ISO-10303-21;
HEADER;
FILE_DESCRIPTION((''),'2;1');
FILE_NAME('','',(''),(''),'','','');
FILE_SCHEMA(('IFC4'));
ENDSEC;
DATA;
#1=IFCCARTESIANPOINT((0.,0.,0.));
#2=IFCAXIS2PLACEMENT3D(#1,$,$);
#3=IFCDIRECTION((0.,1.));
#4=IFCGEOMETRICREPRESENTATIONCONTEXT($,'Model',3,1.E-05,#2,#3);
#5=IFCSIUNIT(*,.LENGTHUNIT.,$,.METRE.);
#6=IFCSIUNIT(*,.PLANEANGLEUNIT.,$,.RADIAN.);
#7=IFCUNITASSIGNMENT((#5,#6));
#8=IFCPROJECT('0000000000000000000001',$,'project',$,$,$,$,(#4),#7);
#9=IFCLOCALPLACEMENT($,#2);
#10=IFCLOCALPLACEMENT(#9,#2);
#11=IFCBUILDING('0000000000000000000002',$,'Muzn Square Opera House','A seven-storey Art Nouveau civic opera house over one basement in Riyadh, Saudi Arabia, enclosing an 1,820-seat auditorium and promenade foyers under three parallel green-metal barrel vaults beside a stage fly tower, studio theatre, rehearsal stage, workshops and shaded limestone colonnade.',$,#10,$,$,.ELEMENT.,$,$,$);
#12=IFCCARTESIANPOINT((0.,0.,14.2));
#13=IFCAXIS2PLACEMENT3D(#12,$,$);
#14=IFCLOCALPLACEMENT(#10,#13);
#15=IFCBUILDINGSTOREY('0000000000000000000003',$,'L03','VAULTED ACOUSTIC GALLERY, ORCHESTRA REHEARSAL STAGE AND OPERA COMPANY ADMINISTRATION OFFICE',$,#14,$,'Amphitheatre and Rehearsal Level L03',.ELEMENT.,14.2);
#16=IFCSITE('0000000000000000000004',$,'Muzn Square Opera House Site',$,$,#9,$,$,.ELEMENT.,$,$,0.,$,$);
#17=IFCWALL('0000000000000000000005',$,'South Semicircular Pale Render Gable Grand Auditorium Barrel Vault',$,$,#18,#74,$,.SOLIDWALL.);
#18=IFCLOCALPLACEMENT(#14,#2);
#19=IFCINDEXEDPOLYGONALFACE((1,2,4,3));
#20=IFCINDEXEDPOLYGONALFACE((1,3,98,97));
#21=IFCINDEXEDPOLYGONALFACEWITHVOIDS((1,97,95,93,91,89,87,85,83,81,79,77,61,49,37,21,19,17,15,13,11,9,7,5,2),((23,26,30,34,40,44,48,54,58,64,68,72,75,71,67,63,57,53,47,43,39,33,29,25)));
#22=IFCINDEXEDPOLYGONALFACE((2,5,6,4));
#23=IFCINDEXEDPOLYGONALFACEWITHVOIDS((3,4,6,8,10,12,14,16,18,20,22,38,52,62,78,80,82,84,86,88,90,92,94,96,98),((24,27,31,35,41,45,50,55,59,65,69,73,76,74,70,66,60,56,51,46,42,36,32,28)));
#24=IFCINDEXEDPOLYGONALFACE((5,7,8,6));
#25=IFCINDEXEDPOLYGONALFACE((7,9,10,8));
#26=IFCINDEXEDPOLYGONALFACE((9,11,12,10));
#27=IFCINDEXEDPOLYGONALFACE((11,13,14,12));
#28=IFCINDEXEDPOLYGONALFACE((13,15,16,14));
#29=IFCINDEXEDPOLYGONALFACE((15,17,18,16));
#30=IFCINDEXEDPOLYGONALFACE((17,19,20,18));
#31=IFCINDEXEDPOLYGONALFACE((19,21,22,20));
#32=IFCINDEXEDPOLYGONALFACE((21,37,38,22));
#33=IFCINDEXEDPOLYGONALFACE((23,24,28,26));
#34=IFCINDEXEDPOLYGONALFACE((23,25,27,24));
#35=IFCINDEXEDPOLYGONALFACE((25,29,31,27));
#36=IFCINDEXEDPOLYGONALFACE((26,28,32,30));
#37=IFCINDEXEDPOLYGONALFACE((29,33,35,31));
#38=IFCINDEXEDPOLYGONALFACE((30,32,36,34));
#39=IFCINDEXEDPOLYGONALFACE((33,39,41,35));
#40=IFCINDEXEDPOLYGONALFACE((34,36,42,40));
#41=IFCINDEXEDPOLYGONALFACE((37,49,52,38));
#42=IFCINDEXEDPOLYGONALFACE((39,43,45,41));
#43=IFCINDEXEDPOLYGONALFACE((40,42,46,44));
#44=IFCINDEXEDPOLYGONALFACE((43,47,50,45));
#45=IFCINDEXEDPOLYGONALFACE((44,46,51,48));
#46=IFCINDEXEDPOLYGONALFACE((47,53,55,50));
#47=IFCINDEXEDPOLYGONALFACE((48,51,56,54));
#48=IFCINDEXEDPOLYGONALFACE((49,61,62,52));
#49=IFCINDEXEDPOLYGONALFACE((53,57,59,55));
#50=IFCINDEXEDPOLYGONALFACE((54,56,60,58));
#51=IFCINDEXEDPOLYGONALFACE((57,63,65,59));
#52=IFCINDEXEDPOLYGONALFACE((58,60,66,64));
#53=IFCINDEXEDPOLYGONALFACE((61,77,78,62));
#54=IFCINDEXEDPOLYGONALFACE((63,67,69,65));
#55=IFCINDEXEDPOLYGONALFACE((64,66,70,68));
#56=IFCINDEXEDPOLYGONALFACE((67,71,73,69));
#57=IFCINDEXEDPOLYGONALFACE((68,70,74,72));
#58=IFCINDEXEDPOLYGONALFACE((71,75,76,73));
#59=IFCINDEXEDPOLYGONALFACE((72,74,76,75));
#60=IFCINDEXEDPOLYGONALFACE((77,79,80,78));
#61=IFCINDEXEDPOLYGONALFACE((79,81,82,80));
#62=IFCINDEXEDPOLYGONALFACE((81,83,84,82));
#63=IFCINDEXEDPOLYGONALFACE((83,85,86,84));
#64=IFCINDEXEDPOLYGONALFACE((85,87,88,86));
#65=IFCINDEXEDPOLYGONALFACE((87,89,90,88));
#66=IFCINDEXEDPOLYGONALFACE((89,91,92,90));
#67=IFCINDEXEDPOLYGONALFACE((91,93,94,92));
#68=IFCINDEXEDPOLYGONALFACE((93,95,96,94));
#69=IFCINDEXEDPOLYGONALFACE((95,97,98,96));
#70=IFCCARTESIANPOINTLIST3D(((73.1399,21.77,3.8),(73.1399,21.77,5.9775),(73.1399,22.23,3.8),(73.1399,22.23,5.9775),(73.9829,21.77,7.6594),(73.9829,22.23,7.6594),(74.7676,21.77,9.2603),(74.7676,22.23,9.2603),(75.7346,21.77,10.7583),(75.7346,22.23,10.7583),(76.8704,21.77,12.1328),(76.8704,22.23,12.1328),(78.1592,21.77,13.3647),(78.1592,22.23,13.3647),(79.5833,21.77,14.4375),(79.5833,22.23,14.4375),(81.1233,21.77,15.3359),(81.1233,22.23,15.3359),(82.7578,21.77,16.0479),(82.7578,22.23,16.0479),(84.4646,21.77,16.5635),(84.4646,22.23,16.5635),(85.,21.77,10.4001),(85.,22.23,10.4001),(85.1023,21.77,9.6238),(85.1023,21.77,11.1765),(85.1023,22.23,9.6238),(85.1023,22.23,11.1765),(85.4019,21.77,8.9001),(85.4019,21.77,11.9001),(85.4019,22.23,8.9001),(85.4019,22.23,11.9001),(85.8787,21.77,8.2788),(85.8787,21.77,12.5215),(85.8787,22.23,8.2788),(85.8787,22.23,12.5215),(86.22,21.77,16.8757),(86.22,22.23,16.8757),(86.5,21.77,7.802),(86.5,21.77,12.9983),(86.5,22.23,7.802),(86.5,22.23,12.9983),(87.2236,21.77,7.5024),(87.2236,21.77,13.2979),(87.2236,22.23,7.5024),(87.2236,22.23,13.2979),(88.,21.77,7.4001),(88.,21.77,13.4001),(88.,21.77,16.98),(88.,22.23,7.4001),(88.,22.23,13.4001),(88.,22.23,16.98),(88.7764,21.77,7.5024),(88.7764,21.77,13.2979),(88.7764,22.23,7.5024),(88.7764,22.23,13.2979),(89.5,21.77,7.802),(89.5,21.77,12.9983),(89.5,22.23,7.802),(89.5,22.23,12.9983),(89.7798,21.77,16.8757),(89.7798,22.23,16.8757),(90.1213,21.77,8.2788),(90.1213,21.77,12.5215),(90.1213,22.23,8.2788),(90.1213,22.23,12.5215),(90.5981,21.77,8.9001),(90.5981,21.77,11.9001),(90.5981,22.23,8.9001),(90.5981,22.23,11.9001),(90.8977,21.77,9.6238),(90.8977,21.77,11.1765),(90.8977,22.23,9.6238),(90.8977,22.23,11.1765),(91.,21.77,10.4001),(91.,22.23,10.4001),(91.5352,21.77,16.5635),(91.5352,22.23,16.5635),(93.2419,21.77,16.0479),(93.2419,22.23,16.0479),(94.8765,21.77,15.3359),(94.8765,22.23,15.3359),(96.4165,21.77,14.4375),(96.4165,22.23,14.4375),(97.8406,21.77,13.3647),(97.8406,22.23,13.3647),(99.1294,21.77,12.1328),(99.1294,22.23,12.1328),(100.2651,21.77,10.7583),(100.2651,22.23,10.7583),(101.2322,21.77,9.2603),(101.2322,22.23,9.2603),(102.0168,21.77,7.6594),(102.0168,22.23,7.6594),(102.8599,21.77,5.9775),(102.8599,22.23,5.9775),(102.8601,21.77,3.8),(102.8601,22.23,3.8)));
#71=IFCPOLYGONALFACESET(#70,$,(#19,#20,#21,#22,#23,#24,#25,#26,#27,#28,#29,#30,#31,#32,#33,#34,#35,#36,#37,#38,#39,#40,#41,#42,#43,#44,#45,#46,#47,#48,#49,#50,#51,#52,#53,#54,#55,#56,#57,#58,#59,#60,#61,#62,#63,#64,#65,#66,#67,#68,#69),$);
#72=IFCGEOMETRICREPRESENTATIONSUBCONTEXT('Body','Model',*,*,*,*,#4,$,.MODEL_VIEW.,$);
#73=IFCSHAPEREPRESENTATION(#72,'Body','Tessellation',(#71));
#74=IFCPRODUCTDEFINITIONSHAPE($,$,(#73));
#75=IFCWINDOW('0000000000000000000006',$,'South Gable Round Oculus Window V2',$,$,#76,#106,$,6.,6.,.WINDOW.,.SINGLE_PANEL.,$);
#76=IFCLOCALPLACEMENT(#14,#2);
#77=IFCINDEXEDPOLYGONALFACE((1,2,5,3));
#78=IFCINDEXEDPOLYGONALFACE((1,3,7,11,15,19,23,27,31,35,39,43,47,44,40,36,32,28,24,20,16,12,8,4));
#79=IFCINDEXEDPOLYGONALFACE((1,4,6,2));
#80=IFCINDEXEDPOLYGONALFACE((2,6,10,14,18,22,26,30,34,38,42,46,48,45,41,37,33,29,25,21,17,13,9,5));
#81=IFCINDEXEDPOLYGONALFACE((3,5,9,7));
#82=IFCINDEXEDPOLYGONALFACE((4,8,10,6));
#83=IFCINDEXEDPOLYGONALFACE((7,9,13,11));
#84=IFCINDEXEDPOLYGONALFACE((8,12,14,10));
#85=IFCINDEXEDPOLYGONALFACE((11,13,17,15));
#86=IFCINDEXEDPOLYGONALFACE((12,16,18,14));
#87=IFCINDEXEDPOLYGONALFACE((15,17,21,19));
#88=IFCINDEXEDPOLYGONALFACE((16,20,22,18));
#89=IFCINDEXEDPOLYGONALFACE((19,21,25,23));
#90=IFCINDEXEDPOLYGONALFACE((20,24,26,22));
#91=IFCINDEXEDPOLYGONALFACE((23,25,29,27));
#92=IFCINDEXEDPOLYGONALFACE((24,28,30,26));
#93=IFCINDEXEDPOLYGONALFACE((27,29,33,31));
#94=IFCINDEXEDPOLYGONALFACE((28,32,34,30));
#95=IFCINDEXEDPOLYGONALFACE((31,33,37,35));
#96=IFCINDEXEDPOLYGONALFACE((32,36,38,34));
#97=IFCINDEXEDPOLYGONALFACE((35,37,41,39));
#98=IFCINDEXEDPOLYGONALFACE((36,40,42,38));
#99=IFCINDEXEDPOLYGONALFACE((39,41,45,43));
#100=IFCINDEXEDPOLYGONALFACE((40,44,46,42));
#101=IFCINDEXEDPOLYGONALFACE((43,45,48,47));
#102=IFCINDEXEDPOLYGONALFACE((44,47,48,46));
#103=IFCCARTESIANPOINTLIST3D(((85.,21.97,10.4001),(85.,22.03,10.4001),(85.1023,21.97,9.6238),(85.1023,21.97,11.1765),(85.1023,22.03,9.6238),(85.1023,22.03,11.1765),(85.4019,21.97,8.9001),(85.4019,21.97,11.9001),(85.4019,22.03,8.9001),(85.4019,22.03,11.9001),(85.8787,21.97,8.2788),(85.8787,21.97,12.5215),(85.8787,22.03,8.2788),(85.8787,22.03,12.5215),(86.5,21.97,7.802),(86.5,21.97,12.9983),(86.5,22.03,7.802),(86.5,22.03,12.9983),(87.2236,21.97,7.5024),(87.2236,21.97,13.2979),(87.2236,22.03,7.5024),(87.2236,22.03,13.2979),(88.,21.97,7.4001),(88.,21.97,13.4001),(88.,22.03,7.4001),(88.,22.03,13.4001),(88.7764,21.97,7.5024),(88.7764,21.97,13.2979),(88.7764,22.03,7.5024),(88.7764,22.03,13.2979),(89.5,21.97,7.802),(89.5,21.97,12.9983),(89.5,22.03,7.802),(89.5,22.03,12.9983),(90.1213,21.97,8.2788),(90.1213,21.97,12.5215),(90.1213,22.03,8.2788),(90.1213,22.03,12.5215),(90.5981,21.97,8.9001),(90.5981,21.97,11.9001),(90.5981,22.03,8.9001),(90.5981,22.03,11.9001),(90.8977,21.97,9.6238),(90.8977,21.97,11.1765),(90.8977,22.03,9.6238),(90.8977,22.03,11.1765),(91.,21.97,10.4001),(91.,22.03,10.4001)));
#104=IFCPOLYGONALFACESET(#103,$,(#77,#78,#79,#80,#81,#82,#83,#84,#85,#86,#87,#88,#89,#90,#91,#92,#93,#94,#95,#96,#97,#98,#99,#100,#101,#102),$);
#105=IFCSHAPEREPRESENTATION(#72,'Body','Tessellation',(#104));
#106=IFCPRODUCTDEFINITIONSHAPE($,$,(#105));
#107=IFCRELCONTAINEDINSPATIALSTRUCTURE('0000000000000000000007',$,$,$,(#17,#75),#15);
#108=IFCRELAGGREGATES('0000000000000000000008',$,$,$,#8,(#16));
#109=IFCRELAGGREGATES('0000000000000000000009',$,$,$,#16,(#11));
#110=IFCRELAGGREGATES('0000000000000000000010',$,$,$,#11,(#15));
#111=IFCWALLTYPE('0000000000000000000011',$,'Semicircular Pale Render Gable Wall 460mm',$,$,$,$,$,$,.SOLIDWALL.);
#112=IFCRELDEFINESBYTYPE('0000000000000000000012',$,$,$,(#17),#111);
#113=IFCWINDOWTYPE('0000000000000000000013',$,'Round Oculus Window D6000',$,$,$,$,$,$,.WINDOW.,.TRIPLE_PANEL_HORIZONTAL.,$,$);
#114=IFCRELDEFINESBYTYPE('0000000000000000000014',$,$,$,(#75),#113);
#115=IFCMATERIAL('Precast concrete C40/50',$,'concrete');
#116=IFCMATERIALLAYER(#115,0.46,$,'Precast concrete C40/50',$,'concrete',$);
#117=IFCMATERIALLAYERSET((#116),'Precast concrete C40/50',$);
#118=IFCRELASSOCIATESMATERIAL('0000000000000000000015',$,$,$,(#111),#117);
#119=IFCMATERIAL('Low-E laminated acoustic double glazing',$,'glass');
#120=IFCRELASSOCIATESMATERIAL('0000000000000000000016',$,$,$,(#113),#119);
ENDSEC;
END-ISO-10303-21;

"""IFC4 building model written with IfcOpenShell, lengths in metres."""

from ifc_helpers import new_model, si_unit, direction, frame, origin, place, context, subcontext, project, spatial, polyline, outline, extrude, material, layer, layer_set, type_object, element, fill, save


model = new_model("IFC4")

# Units and contexts
model_context = context("Model", 3, precision=1e-05, world=origin(), true_north=direction((0.0, 1.0)))
body_context = subcontext(model_context, "Body", "Model", "MODEL_VIEW")
ifc_project = project(units=[si_unit("LENGTHUNIT", "METRE"), si_unit("PLANEANGLEUNIT", "RADIAN")], contexts=[model_context])

# Site, building, storey
site_placement = place(None, origin())
site = spatial("IfcSite", under=ifc_project, at=site_placement, Name="Muzn Square Opera House Site", CompositionType="ELEMENT", RefElevation=0.0)
building_placement = place(site_placement, origin())
building = spatial("IfcBuilding", under=site, at=building_placement, Name="Muzn Square Opera House", Description="A seven-storey Art Nouveau civic opera house over one basement in Riyadh, Saudi Arabia, enclosing an 1,820-seat auditorium and promenade foyers under three parallel green-metal barrel vaults beside a stage fly tower, studio theatre, rehearsal stage, workshops and shaded limestone colonnade.", CompositionType="ELEMENT")
storey_placement = place(building_placement, frame((0.0, 0.0, 14.2)))
storey = spatial("IfcBuildingStorey", under=building, at=storey_placement, Name="L03", Description="VAULTED ACOUSTIC GALLERY, ORCHESTRA REHEARSAL STAGE AND OPERA COMPANY ADMINISTRATION OFFICE", LongName="Amphitheatre and Rehearsal Level L03", CompositionType="ELEMENT", Elevation=14.2)

# Shared definitions
ifc_material_1 = material(Name="Low-E laminated acoustic double glazing", Category="glass")

# Wall, opening, window
ifc_material_2 = material(Name="Precast concrete C40/50", Category="concrete")
ifc_layer_1 = layer(ifc_material_2, 0.46, Name="Precast concrete C40/50", Category="concrete")
ifc_layer_set_1 = layer_set([ifc_layer_1], Name="Precast concrete C40/50")
wall_type = type_object("IfcWallType", Name="Semicircular Pale Render Gable Wall 460mm", PredefinedType="SOLIDWALL", material=ifc_layer_set_1)
wall_placement = place(storey_placement, frame((73.1399, 22.0, 3.8), z_axis=(0.0, 0.0, 1.0), x_axis=(1.0, 0.0, 0.0)))
wall = element("IfcWall", 1, at=wall_placement, inside=storey, type_object=wall_type, Name="South Semicircular Pale Render Gable Grand Auditorium Barrel Vault", PredefinedType="SOLIDWALL", context=body_context, shape_type="SweptSolid", body=[
    extrude(outline(polyline([(0.0, 0.0), (29.7202, 0.0), (29.72, 2.1775), (28.877, 3.8594), (28.0923, 5.4602), (27.1252, 6.9583), (25.9895, 8.3328), (24.7007, 9.5647), (23.2766, 10.6375), (21.7366, 11.5359), (20.1021, 12.2478), (18.3953, 12.7634), (16.6399, 13.0757), (14.8601, 13.1799), (13.0801, 13.0757), (11.3247, 12.7634), (9.6179, 12.2478), (7.9834, 11.5359), (6.4434, 10.6375), (5.0193, 9.5647), (3.7305, 8.3328), (2.5947, 6.9583), (1.6277, 5.4602), (0.843, 3.8594), (0.0, 2.1775), (0.0, 0.0)])), frame((0.0, 0.23, 0.0), z_axis=(0.0, -1.0, 0.0), x_axis=(1.0, 0.0, 0.0)), (0.0, 0.0, 1.0), 0.46),
])
opening_placement = place(wall_placement, frame((11.8601, 0.0, 3.6001)))
opening = element("IfcOpeningElement", 2, at=opening_placement, cuts=wall, PredefinedType="OPENING", context=body_context, shape_type="SweptSolid", body=[
    extrude(outline(polyline([(6.0, 3.0), (5.8977, 3.7764), (5.5981, 4.5), (5.1213, 5.1213), (4.5, 5.5981), (3.7764, 5.8977), (3.0, 6.0), (2.2236, 5.8977), (1.5, 5.5981), (0.8787, 5.1213), (0.4019, 4.5), (0.1023, 3.7764), (0.0, 3.0), (0.1023, 2.2236), (0.4019, 1.5), (0.8787, 0.8787), (1.5, 0.4019), (2.2236, 0.1023), (3.0, 0.0), (3.7764, 0.1023), (4.5, 0.4019), (5.1213, 0.8787), (5.5981, 1.5), (5.8977, 2.2236), (6.0, 3.0)])), frame((0.0, 0.24, 0.0), z_axis=(0.0, -1.0, 0.0), x_axis=(1.0, 0.0, 0.0)), (0.0, 0.0, 1.0), 0.48),
])
window_type = type_object("IfcWindowType", Name="Round Oculus Window D6000", PartitioningType="TRIPLE_PANEL_HORIZONTAL", PredefinedType="WINDOW", material=ifc_material_1)
window_placement = place(opening_placement, origin())
window = element("IfcWindow", 3, at=window_placement, inside=storey, type_object=window_type, Name="South Gable Round Oculus Window V2", OverallHeight=6.0, OverallWidth=6.0, PartitioningType="SINGLE_PANEL", PredefinedType="WINDOW", context=body_context, shape_type="SweptSolid", body=[
    extrude(outline(polyline([(6.0, 3.0), (5.8977, 3.7764), (5.5981, 4.5), (5.1213, 5.1213), (4.5, 5.5981), (3.7764, 5.8977), (3.0, 6.0), (2.2236, 5.8977), (1.5, 5.5981), (0.8787, 5.1213), (0.4019, 4.5), (0.1023, 3.7764), (0.0, 3.0), (0.1023, 2.2236), (0.4019, 1.5), (0.8787, 0.8787), (1.5, 0.4019), (2.2236, 0.1023), (3.0, 0.0), (3.7764, 0.1023), (4.5, 0.4019), (5.1213, 0.8787), (5.5981, 1.5), (5.8977, 2.2236), (6.0, 3.0)])), frame((0.0, 0.03, 0.0), z_axis=(0.0, -1.0, 0.0), x_axis=(1.0, 0.0, 0.0)), (0.0, 0.0, 1.0), 0.0601),
])
fill(opening, window)

save(model, "model.ifc")
